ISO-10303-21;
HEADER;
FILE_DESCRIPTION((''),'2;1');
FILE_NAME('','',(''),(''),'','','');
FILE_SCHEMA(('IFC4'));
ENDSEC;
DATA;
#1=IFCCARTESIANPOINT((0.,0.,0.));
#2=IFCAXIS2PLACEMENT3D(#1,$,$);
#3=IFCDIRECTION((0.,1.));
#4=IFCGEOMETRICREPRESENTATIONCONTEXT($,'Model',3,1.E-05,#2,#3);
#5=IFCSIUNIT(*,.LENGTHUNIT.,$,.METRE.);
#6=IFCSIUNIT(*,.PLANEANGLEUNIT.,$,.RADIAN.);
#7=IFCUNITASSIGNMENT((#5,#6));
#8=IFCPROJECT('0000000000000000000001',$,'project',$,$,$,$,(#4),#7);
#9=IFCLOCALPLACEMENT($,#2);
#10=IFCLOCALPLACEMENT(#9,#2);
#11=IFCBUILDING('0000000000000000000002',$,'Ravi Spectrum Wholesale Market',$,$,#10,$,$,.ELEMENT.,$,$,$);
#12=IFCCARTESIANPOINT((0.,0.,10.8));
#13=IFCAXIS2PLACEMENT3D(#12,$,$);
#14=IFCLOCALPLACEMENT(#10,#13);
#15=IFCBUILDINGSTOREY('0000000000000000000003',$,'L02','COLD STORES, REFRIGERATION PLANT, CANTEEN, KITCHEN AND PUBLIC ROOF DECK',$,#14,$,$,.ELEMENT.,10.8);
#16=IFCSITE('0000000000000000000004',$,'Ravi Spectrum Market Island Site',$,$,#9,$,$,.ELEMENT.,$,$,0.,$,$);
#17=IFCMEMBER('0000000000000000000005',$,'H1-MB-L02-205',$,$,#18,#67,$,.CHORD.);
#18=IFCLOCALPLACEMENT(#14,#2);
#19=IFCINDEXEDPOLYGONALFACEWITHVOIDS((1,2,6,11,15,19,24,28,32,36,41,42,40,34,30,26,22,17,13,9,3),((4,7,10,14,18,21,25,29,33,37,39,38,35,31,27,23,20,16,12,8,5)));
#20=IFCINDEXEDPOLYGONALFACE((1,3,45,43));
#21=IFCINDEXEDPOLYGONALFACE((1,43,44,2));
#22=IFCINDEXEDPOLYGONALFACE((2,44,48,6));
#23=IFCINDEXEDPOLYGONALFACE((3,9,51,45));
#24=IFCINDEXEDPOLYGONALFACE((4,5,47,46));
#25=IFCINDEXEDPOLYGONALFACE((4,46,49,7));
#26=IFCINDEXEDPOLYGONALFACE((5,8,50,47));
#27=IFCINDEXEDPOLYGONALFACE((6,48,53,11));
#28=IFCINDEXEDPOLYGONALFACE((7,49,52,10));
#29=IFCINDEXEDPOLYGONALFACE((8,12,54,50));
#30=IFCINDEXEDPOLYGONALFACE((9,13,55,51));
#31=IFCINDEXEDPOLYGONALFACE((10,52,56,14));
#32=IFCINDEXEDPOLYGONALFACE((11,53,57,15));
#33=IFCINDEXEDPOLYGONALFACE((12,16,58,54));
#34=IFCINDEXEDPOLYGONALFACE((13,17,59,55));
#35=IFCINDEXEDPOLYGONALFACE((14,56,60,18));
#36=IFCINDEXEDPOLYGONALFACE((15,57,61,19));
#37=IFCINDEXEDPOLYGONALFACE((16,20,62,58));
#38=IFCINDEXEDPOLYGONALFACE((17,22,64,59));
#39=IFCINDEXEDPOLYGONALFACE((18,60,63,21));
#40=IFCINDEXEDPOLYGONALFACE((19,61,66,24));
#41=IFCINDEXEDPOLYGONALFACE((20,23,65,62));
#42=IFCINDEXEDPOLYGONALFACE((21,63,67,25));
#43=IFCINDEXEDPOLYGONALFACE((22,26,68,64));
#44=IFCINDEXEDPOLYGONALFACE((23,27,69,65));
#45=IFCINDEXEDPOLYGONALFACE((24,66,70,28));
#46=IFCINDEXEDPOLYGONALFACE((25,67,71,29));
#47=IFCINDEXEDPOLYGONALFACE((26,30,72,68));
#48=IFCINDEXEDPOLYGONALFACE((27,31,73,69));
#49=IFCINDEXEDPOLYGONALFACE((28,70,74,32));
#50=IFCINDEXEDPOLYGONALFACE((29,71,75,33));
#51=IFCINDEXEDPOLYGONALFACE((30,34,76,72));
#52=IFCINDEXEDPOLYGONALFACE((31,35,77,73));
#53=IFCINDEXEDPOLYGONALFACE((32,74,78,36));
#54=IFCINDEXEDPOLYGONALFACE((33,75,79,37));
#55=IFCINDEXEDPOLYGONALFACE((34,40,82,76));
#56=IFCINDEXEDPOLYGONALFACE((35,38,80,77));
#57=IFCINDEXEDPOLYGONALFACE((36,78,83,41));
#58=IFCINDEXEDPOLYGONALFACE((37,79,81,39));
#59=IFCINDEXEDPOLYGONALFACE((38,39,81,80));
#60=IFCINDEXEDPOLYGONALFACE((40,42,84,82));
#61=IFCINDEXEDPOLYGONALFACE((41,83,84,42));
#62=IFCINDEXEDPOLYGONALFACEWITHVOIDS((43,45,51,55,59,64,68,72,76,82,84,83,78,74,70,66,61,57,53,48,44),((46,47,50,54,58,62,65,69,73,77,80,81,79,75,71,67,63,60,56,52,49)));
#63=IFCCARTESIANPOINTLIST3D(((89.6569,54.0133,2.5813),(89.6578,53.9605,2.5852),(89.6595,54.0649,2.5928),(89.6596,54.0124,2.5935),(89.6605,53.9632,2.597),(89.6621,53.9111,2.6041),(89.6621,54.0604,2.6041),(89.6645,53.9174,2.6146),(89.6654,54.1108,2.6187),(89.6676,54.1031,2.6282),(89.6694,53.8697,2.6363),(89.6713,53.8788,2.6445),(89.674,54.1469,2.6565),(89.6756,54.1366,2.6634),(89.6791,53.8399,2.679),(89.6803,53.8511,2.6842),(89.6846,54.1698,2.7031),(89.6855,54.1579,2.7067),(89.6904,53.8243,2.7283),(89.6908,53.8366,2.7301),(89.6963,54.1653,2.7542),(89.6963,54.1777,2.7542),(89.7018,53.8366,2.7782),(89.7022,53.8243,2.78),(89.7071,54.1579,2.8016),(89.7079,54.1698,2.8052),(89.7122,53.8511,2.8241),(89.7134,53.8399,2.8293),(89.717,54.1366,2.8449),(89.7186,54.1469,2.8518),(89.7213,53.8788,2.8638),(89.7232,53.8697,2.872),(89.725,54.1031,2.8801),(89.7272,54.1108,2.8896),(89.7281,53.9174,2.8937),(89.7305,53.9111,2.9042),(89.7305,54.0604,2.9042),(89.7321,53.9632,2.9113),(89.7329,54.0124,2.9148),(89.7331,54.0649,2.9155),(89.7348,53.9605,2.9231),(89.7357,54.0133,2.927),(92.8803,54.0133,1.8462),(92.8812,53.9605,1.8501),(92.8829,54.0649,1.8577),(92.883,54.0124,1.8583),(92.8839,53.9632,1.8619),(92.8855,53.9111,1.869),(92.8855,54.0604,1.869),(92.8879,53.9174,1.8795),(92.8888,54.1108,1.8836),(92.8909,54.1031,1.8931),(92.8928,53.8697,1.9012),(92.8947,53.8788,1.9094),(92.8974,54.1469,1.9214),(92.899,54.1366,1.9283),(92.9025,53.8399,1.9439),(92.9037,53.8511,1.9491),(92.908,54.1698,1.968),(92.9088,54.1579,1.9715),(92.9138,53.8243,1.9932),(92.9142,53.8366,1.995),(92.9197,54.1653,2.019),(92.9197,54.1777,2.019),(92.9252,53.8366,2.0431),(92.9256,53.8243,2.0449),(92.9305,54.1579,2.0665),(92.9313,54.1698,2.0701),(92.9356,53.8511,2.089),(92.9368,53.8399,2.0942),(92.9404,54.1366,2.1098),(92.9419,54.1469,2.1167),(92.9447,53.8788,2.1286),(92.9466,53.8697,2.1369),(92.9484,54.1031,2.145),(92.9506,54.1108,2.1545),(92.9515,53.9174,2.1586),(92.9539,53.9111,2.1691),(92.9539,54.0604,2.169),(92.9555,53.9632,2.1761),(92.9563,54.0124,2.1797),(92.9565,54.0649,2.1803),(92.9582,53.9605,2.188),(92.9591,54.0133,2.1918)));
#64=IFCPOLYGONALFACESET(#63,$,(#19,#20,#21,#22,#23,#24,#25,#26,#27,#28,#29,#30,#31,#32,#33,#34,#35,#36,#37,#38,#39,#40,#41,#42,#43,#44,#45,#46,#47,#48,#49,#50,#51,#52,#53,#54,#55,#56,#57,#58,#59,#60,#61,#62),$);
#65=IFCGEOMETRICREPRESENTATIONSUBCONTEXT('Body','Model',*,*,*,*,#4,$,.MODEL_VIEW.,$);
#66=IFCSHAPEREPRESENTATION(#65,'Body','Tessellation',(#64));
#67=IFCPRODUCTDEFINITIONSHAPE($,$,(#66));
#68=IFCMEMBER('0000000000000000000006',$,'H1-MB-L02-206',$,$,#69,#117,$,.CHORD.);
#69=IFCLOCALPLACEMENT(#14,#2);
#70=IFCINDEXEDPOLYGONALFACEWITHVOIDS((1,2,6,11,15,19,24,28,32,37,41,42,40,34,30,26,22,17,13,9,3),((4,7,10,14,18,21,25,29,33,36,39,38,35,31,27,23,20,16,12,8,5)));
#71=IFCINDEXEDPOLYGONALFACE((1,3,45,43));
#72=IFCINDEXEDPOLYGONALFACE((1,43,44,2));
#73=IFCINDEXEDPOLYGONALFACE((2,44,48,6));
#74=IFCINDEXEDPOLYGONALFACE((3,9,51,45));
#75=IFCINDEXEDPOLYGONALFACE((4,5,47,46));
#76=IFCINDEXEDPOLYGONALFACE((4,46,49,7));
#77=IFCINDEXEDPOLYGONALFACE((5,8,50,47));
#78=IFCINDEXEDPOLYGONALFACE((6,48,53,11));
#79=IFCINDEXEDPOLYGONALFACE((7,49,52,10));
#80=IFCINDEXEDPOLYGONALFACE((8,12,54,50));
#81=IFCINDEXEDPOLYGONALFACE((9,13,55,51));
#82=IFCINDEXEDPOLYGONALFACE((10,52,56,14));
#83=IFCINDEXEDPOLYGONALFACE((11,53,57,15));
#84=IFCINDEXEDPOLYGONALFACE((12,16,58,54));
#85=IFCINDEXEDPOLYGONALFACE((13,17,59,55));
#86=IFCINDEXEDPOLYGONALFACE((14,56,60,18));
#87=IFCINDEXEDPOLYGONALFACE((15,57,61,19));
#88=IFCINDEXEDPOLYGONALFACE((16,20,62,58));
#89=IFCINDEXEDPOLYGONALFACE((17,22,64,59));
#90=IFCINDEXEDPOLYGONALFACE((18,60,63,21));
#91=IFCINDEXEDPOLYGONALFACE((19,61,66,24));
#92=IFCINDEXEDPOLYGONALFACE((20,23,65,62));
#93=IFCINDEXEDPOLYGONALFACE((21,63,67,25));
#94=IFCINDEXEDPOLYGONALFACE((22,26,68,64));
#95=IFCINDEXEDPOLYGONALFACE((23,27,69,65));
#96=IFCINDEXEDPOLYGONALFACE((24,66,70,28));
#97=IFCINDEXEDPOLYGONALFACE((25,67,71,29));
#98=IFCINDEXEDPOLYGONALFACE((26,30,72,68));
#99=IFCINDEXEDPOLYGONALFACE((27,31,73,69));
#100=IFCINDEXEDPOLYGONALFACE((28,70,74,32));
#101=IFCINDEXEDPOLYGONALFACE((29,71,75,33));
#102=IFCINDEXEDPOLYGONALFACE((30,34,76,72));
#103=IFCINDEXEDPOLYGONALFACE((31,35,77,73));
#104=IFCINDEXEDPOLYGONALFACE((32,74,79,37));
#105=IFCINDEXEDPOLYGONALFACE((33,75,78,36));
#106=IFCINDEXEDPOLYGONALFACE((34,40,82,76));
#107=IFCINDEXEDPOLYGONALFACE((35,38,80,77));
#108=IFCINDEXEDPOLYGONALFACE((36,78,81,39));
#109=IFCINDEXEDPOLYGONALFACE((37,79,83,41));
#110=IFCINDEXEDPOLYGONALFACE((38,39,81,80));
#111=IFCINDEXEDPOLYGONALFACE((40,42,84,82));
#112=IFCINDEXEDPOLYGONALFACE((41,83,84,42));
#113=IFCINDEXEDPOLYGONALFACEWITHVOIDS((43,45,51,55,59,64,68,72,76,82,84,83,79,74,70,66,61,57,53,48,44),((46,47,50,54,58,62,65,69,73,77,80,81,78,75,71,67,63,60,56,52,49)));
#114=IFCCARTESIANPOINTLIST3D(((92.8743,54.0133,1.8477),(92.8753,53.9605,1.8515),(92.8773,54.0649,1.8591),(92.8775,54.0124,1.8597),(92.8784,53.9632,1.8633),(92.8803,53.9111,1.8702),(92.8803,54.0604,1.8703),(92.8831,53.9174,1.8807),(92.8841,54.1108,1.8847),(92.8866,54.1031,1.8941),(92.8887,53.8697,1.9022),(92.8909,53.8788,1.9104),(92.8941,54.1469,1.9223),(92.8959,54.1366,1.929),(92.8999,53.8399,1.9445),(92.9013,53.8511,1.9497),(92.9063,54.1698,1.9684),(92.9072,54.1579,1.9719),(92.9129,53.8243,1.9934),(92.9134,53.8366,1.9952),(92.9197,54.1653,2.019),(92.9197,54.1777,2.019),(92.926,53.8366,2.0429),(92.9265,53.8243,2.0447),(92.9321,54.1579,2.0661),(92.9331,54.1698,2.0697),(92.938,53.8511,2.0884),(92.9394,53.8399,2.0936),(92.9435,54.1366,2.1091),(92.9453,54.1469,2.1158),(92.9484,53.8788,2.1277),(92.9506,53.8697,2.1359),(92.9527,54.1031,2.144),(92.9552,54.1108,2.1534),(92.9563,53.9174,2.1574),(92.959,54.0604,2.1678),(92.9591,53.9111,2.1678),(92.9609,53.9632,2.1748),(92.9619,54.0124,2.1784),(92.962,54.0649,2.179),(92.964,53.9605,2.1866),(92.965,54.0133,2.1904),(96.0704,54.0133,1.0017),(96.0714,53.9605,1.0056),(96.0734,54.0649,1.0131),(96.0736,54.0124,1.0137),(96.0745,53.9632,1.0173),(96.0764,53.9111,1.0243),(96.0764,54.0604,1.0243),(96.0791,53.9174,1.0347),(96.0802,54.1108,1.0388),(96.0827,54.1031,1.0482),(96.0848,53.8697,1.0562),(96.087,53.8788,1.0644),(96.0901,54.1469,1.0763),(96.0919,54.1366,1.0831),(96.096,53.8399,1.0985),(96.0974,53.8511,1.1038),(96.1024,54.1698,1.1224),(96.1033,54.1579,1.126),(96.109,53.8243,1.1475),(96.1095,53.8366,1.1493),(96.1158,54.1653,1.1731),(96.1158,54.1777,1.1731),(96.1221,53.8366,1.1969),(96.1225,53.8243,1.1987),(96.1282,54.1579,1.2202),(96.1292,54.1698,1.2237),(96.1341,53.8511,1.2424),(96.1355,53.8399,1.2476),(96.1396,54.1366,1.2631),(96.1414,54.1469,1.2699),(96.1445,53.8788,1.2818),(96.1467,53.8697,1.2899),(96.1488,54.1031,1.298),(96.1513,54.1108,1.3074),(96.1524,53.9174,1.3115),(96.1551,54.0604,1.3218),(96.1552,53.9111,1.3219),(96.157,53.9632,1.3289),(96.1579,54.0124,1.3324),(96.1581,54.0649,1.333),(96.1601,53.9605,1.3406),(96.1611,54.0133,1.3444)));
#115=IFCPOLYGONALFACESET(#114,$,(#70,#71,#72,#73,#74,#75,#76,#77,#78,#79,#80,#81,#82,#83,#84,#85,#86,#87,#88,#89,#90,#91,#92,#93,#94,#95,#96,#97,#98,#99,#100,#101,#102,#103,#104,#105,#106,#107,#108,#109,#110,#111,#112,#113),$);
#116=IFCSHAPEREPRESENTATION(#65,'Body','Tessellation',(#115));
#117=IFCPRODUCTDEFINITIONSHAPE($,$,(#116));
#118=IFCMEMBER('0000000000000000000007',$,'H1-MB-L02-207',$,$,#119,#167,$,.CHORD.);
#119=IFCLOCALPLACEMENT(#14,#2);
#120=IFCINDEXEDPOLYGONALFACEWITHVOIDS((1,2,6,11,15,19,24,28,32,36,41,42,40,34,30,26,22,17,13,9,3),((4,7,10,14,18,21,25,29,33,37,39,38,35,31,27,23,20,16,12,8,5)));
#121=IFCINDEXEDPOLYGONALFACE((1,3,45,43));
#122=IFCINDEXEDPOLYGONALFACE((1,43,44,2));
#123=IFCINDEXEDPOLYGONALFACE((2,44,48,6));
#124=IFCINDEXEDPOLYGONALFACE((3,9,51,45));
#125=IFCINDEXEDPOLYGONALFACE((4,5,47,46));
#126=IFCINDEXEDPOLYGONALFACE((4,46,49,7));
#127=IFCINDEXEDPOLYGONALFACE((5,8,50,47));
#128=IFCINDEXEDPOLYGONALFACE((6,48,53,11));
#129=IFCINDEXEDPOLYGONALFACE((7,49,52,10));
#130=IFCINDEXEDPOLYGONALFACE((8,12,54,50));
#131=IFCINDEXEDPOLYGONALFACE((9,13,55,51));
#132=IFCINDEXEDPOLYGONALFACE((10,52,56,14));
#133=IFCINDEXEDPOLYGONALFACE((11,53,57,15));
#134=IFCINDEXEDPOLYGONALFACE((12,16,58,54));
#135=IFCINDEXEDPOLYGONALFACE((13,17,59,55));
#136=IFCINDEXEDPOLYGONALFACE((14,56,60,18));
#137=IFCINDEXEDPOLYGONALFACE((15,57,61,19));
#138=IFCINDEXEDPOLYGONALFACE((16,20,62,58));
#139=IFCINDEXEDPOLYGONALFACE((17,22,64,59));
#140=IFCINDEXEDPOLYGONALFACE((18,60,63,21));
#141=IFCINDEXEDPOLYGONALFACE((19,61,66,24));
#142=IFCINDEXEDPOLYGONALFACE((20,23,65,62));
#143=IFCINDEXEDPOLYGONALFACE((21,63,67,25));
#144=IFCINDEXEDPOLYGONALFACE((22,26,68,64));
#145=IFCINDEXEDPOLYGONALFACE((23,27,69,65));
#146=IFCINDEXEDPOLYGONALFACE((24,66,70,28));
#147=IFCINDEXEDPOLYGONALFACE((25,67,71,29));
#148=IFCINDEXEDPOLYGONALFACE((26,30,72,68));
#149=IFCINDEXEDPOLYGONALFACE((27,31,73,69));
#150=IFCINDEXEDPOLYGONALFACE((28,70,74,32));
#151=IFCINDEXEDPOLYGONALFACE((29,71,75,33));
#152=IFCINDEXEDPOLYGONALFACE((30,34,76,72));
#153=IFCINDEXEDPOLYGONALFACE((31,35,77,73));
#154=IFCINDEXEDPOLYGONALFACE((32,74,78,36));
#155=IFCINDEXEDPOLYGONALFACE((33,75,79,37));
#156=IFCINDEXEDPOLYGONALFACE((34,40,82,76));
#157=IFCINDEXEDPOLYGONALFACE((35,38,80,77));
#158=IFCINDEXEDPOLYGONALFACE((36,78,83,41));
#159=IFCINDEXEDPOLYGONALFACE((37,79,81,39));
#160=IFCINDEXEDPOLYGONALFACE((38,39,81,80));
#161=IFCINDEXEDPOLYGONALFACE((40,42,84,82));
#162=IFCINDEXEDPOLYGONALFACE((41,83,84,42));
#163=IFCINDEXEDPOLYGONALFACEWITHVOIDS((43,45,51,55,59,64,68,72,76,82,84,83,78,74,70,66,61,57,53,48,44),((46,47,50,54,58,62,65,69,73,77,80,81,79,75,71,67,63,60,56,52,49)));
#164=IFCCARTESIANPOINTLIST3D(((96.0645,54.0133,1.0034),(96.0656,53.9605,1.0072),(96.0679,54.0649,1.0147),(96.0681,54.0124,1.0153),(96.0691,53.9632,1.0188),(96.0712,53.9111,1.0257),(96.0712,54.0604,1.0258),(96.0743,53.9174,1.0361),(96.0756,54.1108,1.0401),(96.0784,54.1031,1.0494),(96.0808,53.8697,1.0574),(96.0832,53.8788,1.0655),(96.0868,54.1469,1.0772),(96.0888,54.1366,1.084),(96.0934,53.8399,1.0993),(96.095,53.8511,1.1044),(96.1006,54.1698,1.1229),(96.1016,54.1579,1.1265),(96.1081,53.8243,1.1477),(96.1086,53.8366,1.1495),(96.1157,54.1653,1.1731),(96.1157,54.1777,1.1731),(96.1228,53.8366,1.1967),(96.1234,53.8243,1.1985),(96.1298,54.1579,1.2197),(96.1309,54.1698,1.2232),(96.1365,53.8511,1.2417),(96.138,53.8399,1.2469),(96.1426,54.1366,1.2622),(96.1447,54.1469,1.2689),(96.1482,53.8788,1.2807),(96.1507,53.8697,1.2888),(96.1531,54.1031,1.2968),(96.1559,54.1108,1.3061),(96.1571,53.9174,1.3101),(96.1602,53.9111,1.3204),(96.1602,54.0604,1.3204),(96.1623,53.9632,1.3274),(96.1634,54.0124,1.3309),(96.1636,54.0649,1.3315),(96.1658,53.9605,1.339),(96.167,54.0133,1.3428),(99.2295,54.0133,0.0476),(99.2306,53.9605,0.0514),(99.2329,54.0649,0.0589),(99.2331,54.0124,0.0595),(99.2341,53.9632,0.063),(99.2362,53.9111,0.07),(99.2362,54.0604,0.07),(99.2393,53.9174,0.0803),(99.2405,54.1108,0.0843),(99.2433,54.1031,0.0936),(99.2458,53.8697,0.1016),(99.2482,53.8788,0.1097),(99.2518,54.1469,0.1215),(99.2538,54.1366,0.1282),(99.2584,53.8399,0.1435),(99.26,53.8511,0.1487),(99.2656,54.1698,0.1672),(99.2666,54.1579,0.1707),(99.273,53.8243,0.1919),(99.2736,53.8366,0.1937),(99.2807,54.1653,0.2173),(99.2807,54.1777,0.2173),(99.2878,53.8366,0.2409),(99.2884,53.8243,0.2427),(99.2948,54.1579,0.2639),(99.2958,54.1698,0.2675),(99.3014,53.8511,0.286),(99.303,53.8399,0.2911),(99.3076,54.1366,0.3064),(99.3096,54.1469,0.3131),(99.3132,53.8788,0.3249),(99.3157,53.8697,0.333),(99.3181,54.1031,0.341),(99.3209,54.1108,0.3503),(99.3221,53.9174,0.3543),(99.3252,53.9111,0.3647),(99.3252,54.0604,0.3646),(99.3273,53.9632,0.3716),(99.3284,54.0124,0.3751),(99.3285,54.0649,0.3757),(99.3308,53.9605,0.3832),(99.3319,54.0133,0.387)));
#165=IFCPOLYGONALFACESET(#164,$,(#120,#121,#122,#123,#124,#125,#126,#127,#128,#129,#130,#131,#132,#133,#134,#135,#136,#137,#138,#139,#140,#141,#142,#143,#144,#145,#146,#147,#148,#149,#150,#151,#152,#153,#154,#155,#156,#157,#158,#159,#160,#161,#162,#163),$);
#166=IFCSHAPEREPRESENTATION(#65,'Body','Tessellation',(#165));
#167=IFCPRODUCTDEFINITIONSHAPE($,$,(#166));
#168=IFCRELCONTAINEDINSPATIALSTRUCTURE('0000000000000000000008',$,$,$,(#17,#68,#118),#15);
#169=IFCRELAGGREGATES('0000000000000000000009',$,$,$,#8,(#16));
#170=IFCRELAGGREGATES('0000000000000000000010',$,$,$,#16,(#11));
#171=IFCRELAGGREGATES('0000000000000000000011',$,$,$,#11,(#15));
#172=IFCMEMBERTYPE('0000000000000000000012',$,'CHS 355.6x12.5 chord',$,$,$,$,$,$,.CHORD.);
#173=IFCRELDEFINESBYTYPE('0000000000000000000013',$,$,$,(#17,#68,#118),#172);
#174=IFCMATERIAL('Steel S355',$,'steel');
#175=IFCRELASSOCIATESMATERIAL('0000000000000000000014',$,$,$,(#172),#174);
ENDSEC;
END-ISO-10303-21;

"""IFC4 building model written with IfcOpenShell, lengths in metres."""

from ifc_helpers import new_model, si_unit, direction, frame, origin, origin_2d, place, context, subcontext, project, spatial, hollow_circle, extrude, material, material_profile, profile_set, type_object, element, save


model = new_model("IFC4")

# Units and contexts
model_context = context("Model", 3, precision=1e-05, world=origin(), true_north=direction((0.0, 1.0)))
body_context = subcontext(model_context, "Body", "Model", "MODEL_VIEW")
ifc_project = project(units=[si_unit("LENGTHUNIT", "METRE"), si_unit("PLANEANGLEUNIT", "RADIAN")], contexts=[model_context])

# Site, building, storey
site_placement = place(None, origin())
site = spatial("IfcSite", under=ifc_project, at=site_placement, Name="Ravi Spectrum Market Island Site", CompositionType="ELEMENT", RefElevation=0.0)
building_placement = place(site_placement, origin())
building = spatial("IfcBuilding", under=site, at=building_placement, Name="Ravi Spectrum Wholesale Market", CompositionType="ELEMENT")
storey_placement = place(building_placement, frame((0.0, 0.0, 10.8)))
storey = spatial("IfcBuildingStorey", under=building, at=storey_placement, Name="L02", Description="COLD STORES, REFRIGERATION PLANT, CANTEEN, KITCHEN AND PUBLIC ROOF DECK", CompositionType="ELEMENT", Elevation=10.8)

# Members
ifc_material_1 = material(Name="Steel S355", Category="steel")
ifc_material_profile_1 = material_profile(ifc_material_1, hollow_circle(Radius=0.1777, WallThickness=0.0125, at=origin_2d()))
ifc_profile_set_1 = profile_set([ifc_material_profile_1], Name="Steel S355")
member_type_1 = type_object("IfcMemberType", Name="CHS 355.6x12.5 chord", PredefinedType="CHORD", material=ifc_profile_set_1)
for number, where, z_axis, x_axis, name in (
    (1, (89.6963, 54.0, 2.7542), (0.974968, 0.0, -0.222346), (0.0, 1.0, 0.0), "H1-MB-L02-205"),
    (2, (92.9197, 54.0, 2.019), (0.96671, 0.0, -0.255874), (0.0, 1.0, 0.0), "H1-MB-L02-206"),
    (3, (96.1157, 54.0, 1.1731), (0.9573, 0.0, -0.289095), (0.0, 1.0, 0.0), "H1-MB-L02-207"),
):
    element("IfcMember", number, at=place(storey_placement, frame(where, z_axis=z_axis, x_axis=x_axis)), inside=storey, type_object=member_type_1, Name=name, PredefinedType="CHORD", context=body_context, shape_type="SweptSolid", body=[
        extrude(hollow_circle(Radius=0.1777, WallThickness=0.0125, at=origin_2d()), origin(), (0.0, 0.0, 1.0), 3.3062),
    ])

save(model, "model.ifc")
